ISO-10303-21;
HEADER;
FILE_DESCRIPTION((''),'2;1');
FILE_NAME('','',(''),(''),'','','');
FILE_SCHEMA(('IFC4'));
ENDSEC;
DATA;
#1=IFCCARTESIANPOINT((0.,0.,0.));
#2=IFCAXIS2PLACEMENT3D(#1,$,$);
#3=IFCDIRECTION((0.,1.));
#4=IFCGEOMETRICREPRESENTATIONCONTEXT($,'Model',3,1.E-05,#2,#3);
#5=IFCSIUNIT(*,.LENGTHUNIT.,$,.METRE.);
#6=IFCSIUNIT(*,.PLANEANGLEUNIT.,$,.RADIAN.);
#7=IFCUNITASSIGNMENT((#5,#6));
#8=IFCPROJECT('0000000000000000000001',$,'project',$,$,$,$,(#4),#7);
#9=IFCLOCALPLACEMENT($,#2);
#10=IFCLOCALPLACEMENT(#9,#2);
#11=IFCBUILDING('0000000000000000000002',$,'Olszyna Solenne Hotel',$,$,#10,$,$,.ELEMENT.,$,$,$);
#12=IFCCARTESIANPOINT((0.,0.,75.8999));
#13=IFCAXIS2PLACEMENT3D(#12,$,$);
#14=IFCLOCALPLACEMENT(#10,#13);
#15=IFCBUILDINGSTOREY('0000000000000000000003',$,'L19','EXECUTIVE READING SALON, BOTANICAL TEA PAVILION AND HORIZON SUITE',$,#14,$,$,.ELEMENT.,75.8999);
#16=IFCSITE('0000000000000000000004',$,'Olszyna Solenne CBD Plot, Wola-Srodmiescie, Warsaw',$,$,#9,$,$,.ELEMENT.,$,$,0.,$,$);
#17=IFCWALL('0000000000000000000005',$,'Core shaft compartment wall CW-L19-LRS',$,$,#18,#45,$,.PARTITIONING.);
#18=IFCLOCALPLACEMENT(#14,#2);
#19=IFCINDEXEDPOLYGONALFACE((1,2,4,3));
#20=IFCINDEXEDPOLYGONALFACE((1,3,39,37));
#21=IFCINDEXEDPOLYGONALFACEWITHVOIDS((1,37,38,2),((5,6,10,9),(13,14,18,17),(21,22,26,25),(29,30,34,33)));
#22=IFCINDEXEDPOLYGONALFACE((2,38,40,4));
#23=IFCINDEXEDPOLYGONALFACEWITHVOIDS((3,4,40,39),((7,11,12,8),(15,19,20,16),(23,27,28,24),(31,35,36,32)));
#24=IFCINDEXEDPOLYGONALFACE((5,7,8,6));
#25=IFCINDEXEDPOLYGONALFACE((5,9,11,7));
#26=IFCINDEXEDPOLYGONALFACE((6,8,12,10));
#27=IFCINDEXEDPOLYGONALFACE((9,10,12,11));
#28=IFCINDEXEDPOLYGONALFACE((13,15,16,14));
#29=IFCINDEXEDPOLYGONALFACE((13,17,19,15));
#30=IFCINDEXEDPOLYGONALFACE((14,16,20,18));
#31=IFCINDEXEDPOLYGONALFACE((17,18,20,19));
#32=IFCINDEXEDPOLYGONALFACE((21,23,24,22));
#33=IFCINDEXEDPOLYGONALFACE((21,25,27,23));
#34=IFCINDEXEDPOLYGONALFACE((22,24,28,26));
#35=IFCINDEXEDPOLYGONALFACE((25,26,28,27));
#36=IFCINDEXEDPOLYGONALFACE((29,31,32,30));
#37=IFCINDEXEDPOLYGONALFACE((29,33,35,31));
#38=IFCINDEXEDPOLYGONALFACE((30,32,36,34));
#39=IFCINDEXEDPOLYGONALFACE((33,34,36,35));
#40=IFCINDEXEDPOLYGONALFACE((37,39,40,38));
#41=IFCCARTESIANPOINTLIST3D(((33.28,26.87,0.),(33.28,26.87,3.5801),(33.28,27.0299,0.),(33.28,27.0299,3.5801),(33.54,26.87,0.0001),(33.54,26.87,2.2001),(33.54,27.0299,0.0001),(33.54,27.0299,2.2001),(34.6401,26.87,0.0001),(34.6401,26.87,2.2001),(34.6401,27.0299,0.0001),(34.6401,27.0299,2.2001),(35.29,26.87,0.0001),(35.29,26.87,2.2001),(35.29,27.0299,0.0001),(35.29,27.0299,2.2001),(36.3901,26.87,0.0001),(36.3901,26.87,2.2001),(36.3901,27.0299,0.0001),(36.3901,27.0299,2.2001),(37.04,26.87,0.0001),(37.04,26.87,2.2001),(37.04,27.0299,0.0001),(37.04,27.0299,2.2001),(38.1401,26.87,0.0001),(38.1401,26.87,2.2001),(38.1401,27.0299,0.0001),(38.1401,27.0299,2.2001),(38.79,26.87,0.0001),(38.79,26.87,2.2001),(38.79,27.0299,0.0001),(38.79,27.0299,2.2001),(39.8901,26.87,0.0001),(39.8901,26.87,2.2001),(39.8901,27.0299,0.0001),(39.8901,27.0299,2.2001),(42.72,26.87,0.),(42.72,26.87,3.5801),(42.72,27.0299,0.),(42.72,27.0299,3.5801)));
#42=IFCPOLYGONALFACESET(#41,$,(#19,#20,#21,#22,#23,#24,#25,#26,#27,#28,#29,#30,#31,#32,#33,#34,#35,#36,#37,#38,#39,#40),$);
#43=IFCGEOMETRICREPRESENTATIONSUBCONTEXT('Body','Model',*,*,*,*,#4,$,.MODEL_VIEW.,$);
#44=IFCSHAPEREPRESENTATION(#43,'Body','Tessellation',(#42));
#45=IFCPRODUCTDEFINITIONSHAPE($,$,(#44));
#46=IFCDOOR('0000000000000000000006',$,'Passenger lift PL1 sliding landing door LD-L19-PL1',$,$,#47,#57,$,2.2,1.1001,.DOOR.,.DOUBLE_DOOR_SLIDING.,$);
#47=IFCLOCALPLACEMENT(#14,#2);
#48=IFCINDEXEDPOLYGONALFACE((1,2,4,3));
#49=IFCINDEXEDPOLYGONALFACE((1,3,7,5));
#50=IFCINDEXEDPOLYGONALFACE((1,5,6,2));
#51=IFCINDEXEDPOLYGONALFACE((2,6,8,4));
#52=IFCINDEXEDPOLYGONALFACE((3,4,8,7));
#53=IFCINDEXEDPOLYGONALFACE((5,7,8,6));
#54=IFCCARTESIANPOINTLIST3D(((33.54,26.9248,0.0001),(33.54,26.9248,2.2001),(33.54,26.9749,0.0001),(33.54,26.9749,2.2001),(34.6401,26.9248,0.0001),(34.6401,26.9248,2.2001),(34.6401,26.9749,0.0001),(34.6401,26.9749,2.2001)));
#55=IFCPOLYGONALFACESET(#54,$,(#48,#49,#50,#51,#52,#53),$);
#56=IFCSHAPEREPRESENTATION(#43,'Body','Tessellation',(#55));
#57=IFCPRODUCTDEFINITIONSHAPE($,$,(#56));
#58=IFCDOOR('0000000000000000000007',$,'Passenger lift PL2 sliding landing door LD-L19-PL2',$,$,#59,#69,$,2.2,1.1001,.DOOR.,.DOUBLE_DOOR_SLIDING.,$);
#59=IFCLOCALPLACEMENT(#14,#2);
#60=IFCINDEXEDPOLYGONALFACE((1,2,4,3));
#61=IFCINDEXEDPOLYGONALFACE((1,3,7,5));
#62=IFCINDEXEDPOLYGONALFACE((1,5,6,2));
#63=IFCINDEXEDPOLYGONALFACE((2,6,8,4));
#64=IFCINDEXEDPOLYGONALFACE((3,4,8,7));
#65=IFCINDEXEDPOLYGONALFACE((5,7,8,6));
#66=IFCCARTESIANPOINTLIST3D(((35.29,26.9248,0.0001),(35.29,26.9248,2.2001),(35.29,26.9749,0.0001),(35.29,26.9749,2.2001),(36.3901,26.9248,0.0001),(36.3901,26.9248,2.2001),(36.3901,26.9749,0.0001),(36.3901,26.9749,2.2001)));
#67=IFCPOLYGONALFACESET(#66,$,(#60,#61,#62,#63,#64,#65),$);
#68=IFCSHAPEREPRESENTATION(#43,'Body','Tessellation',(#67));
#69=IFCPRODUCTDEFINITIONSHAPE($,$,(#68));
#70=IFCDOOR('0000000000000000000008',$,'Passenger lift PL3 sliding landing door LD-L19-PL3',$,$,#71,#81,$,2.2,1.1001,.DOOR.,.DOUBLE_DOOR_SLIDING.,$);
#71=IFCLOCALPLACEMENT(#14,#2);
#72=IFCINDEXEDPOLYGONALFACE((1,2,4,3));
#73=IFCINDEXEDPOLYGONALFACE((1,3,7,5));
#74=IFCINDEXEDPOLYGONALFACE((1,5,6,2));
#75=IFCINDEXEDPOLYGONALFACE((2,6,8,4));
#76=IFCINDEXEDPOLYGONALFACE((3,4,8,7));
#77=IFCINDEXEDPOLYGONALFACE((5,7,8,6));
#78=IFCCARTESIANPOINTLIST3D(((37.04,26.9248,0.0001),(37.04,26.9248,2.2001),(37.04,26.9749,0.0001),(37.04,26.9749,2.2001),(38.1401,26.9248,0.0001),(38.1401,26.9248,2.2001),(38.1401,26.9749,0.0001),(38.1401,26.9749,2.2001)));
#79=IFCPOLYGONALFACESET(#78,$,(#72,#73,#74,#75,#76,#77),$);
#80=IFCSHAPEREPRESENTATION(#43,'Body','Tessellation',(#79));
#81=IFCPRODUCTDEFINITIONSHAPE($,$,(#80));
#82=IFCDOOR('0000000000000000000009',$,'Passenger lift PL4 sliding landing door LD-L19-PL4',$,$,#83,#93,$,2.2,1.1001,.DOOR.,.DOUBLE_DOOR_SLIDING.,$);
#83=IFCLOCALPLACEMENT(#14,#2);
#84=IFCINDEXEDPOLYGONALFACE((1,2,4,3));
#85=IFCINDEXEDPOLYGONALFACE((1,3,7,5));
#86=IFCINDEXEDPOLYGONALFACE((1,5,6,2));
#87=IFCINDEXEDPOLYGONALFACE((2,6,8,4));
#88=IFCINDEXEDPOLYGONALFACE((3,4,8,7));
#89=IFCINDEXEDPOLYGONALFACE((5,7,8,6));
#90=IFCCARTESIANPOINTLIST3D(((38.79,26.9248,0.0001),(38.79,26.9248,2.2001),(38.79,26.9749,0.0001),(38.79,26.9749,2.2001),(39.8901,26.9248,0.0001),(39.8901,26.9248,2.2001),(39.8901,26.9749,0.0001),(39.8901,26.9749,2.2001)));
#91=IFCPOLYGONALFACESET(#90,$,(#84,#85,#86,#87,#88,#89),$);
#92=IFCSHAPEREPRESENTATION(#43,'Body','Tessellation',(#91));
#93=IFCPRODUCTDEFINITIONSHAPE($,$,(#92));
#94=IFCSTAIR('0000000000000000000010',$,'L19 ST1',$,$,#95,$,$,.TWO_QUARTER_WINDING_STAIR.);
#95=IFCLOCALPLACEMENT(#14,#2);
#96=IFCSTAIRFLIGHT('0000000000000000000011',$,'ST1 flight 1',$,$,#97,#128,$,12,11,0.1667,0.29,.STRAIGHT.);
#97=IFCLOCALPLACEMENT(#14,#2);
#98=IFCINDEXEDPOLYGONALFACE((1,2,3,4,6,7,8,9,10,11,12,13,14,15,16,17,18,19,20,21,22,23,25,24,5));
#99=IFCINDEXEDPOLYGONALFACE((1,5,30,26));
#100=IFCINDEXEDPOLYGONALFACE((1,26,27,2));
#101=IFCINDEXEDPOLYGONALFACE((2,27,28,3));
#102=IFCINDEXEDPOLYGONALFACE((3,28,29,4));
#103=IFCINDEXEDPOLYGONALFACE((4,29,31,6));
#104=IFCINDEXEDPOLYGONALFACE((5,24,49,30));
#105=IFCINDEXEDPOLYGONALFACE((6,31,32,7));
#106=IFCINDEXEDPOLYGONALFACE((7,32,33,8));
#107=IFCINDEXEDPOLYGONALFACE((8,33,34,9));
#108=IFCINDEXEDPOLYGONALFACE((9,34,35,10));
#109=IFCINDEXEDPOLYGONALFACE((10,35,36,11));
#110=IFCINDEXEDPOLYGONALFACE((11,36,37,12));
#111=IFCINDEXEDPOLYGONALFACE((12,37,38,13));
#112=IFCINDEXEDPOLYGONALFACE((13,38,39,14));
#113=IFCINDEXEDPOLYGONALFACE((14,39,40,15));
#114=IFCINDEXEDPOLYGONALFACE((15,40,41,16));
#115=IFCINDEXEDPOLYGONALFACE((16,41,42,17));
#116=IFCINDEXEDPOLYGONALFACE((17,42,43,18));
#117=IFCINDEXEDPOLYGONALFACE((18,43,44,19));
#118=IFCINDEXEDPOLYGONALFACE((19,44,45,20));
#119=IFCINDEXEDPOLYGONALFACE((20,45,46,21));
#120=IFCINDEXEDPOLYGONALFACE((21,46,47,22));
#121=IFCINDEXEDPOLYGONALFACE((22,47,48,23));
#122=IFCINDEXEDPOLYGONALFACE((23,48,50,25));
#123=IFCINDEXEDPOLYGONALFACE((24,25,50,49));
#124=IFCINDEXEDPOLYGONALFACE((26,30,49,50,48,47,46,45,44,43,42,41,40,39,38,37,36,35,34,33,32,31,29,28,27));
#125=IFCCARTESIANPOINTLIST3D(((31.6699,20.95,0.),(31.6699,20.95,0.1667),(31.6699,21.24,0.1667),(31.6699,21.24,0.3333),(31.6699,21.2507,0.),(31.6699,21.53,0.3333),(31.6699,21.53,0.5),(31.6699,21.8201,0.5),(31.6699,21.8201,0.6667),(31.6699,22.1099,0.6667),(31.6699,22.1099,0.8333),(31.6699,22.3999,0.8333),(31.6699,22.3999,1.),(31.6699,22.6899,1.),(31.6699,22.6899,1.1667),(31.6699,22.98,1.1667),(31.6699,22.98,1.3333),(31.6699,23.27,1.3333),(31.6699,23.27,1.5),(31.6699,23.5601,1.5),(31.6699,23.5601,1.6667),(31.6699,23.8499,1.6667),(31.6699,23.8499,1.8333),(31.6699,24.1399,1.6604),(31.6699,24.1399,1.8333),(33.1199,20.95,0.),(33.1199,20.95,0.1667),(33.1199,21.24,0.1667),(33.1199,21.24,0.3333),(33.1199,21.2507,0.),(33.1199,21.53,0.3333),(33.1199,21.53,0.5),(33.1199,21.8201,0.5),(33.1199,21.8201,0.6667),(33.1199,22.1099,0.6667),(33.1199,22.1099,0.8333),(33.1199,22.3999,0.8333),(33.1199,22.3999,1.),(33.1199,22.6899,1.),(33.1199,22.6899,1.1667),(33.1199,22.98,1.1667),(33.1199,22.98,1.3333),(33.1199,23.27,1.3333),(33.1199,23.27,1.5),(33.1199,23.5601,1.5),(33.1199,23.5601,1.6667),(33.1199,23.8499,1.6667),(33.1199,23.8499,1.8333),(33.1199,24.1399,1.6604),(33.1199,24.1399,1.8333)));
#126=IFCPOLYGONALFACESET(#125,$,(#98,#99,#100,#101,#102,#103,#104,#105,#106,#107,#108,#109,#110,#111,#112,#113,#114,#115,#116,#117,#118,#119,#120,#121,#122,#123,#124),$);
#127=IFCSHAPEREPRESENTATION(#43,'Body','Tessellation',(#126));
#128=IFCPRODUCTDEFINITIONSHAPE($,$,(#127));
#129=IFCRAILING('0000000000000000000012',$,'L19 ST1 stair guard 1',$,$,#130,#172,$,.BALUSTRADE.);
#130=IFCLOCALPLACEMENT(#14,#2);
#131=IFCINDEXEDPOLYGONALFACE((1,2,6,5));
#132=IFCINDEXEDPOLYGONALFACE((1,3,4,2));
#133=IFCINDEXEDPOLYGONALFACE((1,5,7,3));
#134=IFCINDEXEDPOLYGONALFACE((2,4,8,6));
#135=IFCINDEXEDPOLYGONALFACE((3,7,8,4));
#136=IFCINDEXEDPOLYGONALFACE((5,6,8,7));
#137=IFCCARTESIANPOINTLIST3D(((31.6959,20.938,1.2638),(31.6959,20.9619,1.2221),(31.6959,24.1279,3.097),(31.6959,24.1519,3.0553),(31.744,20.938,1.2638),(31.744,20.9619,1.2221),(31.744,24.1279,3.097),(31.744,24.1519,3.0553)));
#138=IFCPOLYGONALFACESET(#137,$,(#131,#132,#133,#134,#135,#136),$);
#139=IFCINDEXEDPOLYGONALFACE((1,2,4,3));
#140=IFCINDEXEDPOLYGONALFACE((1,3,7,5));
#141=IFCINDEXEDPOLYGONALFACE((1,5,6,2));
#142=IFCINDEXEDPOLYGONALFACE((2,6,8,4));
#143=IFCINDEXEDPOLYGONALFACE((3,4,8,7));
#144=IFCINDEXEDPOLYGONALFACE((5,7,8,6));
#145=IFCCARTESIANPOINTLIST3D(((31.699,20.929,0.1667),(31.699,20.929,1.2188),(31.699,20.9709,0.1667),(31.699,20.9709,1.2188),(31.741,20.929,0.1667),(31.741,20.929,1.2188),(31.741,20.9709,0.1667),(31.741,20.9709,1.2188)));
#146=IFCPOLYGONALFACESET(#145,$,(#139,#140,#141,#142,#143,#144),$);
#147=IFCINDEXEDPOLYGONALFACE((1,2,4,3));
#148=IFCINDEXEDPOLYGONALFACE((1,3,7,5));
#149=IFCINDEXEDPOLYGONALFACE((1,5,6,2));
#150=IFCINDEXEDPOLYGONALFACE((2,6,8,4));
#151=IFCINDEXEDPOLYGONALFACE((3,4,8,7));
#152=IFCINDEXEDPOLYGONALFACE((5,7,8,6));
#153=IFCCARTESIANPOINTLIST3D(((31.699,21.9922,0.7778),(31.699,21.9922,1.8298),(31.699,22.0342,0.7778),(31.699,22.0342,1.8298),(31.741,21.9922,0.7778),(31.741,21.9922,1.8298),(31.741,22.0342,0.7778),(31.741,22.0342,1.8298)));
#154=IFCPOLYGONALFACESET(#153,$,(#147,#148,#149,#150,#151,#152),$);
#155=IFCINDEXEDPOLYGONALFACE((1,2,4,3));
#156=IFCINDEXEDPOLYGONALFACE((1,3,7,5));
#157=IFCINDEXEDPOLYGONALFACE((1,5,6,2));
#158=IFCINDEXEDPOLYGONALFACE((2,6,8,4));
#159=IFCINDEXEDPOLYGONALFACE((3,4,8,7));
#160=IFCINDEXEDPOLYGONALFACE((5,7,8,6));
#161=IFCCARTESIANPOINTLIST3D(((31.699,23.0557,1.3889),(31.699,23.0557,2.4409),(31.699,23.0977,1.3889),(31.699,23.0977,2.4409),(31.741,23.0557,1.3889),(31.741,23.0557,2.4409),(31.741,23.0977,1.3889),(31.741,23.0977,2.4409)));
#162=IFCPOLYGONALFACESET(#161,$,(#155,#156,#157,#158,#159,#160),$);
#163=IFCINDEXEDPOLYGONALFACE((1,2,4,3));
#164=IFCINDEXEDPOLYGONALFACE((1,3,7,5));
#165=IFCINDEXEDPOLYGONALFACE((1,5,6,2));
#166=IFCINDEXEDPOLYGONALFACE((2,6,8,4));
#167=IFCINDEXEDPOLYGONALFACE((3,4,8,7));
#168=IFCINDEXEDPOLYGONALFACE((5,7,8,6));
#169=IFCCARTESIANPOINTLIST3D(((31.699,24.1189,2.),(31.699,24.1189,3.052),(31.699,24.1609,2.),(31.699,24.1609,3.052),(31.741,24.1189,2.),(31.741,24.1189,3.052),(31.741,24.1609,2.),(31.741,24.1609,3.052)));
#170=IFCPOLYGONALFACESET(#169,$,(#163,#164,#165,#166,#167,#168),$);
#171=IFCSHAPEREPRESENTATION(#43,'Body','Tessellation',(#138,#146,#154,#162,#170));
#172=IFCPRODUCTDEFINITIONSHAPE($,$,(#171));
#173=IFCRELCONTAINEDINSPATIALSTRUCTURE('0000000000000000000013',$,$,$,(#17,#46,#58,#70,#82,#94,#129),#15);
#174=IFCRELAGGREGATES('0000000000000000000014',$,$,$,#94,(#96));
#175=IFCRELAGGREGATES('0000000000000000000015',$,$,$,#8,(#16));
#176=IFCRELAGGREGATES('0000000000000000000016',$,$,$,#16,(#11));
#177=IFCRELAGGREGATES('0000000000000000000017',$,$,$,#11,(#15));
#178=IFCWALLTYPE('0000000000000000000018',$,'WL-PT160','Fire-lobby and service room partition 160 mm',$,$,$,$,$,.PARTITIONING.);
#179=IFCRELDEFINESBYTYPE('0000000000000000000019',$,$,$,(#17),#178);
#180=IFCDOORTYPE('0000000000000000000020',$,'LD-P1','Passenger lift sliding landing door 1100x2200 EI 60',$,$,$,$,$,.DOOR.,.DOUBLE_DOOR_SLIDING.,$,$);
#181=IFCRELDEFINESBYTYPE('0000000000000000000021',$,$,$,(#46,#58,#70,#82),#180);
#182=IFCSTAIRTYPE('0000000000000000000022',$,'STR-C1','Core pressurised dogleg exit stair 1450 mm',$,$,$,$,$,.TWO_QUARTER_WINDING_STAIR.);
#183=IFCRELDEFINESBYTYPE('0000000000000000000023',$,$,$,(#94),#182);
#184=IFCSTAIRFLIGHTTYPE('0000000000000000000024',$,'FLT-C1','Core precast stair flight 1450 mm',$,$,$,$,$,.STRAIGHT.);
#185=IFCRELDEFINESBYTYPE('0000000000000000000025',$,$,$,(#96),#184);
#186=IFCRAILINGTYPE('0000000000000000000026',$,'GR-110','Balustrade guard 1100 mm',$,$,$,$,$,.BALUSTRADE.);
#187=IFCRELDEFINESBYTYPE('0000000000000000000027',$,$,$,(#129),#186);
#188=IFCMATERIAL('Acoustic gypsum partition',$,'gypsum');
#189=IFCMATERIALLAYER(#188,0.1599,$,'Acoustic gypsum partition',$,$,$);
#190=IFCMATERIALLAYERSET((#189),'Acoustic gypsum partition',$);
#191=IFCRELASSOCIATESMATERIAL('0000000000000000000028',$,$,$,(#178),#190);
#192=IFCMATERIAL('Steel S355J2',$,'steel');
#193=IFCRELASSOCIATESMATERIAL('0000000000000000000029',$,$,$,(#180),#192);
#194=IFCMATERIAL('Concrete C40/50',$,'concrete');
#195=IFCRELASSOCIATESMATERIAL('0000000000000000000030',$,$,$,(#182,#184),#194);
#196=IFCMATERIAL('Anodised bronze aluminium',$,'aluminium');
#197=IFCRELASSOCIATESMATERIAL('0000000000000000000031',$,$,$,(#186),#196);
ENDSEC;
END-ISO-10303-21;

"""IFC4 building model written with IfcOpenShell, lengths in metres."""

from ifc_helpers import new_model, si_unit, direction, frame, frame_2d, origin, origin_2d, place, context, subcontext, project, spatial, polyline, rectangle, outline, extrude, source, transform, mapped, material, layer, layer_set, type_object, type_shapes, element, fill, aggregate, save


model = new_model("IFC4")

# Units and contexts
model_context = context("Model", 3, precision=1e-05, world=origin(), true_north=direction((0.0, 1.0)))
body_context = subcontext(model_context, "Body", "Model", "MODEL_VIEW")
ifc_project = project(units=[si_unit("LENGTHUNIT", "METRE"), si_unit("PLANEANGLEUNIT", "RADIAN")], contexts=[model_context])

# Site, building, storey
site_placement = place(None, origin())
site = spatial("IfcSite", under=ifc_project, at=site_placement, Name="Olszyna Solenne CBD Plot, Wola-Srodmiescie, Warsaw", CompositionType="ELEMENT", RefElevation=0.0)
building_placement = place(site_placement, origin())
building = spatial("IfcBuilding", under=site, at=building_placement, Name="Olszyna Solenne Hotel", CompositionType="ELEMENT")
storey_placement = place(building_placement, frame((0.0, 0.0, 75.8999)))
storey = spatial("IfcBuildingStorey", under=building, at=storey_placement, Name="L19", Description="EXECUTIVE READING SALON, BOTANICAL TEA PAVILION AND HORIZON SUITE", CompositionType="ELEMENT", Elevation=75.8999)

# Shared definitions
ifc_material_1 = material(Name="Steel S355J2", Category="steel")

# Shared definitions
ifc_material_2 = material(Name="Acoustic gypsum partition", Category="gypsum")
ifc_layer = layer(ifc_material_2, 0.1599, Name="Acoustic gypsum partition")
ifc_layer_set = layer_set([ifc_layer], Name="Acoustic gypsum partition")
wall_type = type_object("IfcWallType", Name="WL-PT160", Description="Fire-lobby and service room partition 160 mm", PredefinedType="PARTITIONING", material=ifc_layer_set)

# Wall, openings, doors
wall_1_placement = place(storey_placement, frame((33.28, 26.95, 0.0), z_axis=(0.0, 0.0, 1.0), x_axis=(1.0, 0.0, 0.0)))
wall_1 = element("IfcWall", 1, at=wall_1_placement, inside=storey, type_object=wall_type, Name="Core shaft compartment wall CW-L19-LRS", PredefinedType="PARTITIONING", context=body_context, shape_type="SweptSolid", body=[
    extrude(rectangle(XDim=9.4399, YDim=0.1599, at=frame_2d((4.72, 0.0))), origin(), (0.0, 0.0, 1.0), 3.5801),
])
opening_1_placement = place(wall_1_placement, frame((0.26, 0.0, 0.0)))
opening_1 = element("IfcOpeningElement", 2, at=opening_1_placement, cuts=wall_1, PredefinedType="OPENING", context=body_context, shape_type="SweptSolid", body=[
    extrude(rectangle(XDim=1.1001, YDim=2.2, at=frame_2d((0.55, 1.1001))), frame((0.0, 0.0898, 0.0), z_axis=(0.0, -1.0, 0.0), x_axis=(1.0, 0.0, 0.0)), (0.0, 0.0, 1.0), 0.1799),
])
opening_2_placement = place(wall_1_placement, frame((2.01, 0.0, 0.0)))
opening_2 = element("IfcOpeningElement", 3, at=opening_2_placement, cuts=wall_1, PredefinedType="OPENING", context=body_context, shape_type="SweptSolid", body=[
    extrude(rectangle(XDim=1.1001, YDim=2.2, at=frame_2d((0.55, 1.1001))), frame((0.0, 0.0898, 0.0), z_axis=(0.0, -1.0, 0.0), x_axis=(1.0, 0.0, 0.0)), (0.0, 0.0, 1.0), 0.1799),
])
opening_3_placement = place(wall_1_placement, frame((3.76, 0.0, 0.0)))
opening_3 = element("IfcOpeningElement", 4, at=opening_3_placement, cuts=wall_1, PredefinedType="OPENING", context=body_context, shape_type="SweptSolid", body=[
    extrude(rectangle(XDim=1.1001, YDim=2.2, at=frame_2d((0.55, 1.1001))), frame((0.0, 0.0898, 0.0), z_axis=(0.0, -1.0, 0.0), x_axis=(1.0, 0.0, 0.0)), (0.0, 0.0, 1.0), 0.1799),
])
opening_4_placement = place(wall_1_placement, frame((5.51, 0.0, 0.0)))
opening_4 = element("IfcOpeningElement", 5, at=opening_4_placement, cuts=wall_1, PredefinedType="OPENING", context=body_context, shape_type="SweptSolid", body=[
    extrude(rectangle(XDim=1.1001, YDim=2.2, at=frame_2d((0.55, 1.1001))), frame((0.0, 0.0898, 0.0), z_axis=(0.0, -1.0, 0.0), x_axis=(1.0, 0.0, 0.0)), (0.0, 0.0, 1.0), 0.1799),
])
door_type_1 = type_object("IfcDoorType", Name="LD-P1", Description="Passenger lift sliding landing door 1100x2200 EI 60", OperationType="DOUBLE_DOOR_SLIDING", PredefinedType="DOOR", material=ifc_material_1)
shared_shape_1 = source(origin(), body_context, "Body", "SweptSolid", [
    extrude(rectangle(XDim=1.1001, YDim=2.2, at=frame_2d((0.55, 1.1001))), frame((0.0, 0.0249, 0.0), z_axis=(0.0, -1.0, 0.0), x_axis=(1.0, 0.0, 0.0)), (0.0, 0.0, 1.0), 0.05),
])
type_shapes(door_type_1, [shared_shape_1])
door_1_placement = place(opening_1_placement, origin())
door_1 = element("IfcDoor", 6, at=door_1_placement, inside=storey, type_object=door_type_1, Name="Passenger lift PL1 sliding landing door LD-L19-PL1", OperationType="DOUBLE_DOOR_SLIDING", OverallHeight=2.2, OverallWidth=1.1001, PredefinedType="DOOR", context=body_context, shape_type="MappedRepresentation", body=[
    mapped(shared_shape_1, transform((0.0, 0.0, 0.0), x_axis=(1.0, 0.0, 0.0), y_axis=(0.0, 1.0, 0.0), z_axis=(0.0, 0.0, 1.0), scale=1.0)),
])
fill(opening_1, door_1)
door_2_placement = place(opening_2_placement, origin())
door_2 = element("IfcDoor", 7, at=door_2_placement, inside=storey, type_object=door_type_1, Name="Passenger lift PL2 sliding landing door LD-L19-PL2", OperationType="DOUBLE_DOOR_SLIDING", OverallHeight=2.2, OverallWidth=1.1001, PredefinedType="DOOR", context=body_context, shape_type="MappedRepresentation", body=[
    mapped(shared_shape_1, transform((0.0, 0.0, 0.0), x_axis=(1.0, 0.0, 0.0), y_axis=(0.0, 1.0, 0.0), z_axis=(0.0, 0.0, 1.0), scale=1.0)),
])
fill(opening_2, door_2)
door_3_placement = place(opening_3_placement, origin())
door_3 = element("IfcDoor", 8, at=door_3_placement, inside=storey, type_object=door_type_1, Name="Passenger lift PL3 sliding landing door LD-L19-PL3", OperationType="DOUBLE_DOOR_SLIDING", OverallHeight=2.2, OverallWidth=1.1001, PredefinedType="DOOR", context=body_context, shape_type="MappedRepresentation", body=[
    mapped(shared_shape_1, transform((0.0, 0.0, 0.0), x_axis=(1.0, 0.0, 0.0), y_axis=(0.0, 1.0, 0.0), z_axis=(0.0, 0.0, 1.0), scale=1.0)),
])
fill(opening_3, door_3)
door_4_placement = place(opening_4_placement, origin())
door_4 = element("IfcDoor", 9, at=door_4_placement, inside=storey, type_object=door_type_1, Name="Passenger lift PL4 sliding landing door LD-L19-PL4", OperationType="DOUBLE_DOOR_SLIDING", OverallHeight=2.2, OverallWidth=1.1001, PredefinedType="DOOR", context=body_context, shape_type="MappedRepresentation", body=[
    mapped(shared_shape_1, transform((0.0, 0.0, 0.0), x_axis=(1.0, 0.0, 0.0), y_axis=(0.0, 1.0, 0.0), z_axis=(0.0, 0.0, 1.0), scale=1.0)),
])
fill(opening_4, door_4)

# Stair, stair flight
ifc_material_3 = material(Name="Concrete C40/50", Category="concrete")
stair_type = type_object("IfcStairType", Name="STR-C1", Description="Core pressurised dogleg exit stair 1450 mm", PredefinedType="TWO_QUARTER_WINDING_STAIR", material=ifc_material_3)
stair_placement = place(storey_placement, origin())
stair = element("IfcStair", 10, at=stair_placement, inside=storey, type_object=stair_type, Name="L19 ST1", PredefinedType="TWO_QUARTER_WINDING_STAIR")
stair_flight_type = type_object("IfcStairFlightType", Name="FLT-C1", Description="Core precast stair flight 1450 mm", PredefinedType="STRAIGHT", material=ifc_material_3)
stair_flight_placement = place(storey_placement, frame((32.395, 20.95, 0.0), z_axis=(0.0, 0.0, 1.0), x_axis=(0.0, 1.0, 0.0)))
stair_flight = element("IfcStairFlight", 11, at=stair_flight_placement, type_object=stair_flight_type, Name="ST1 flight 1", NumberOfRisers=12, NumberOfTreads=11, PredefinedType="STRAIGHT", RiserHeight=0.1667, TreadLength=0.29, context=body_context, shape_type="SweptSolid", body=[
    extrude(outline(polyline([(0.0, 0.0), (0.0, 0.1667), (0.29, 0.1667), (0.29, 0.3333), (0.5801, 0.3333), (0.5801, 0.5), (0.8701, 0.5), (0.8701, 0.6667), (1.1599, 0.6667), (1.1599, 0.8333), (1.45, 0.8333), (1.45, 1.0), (1.74, 1.0), (1.74, 1.1667), (2.03, 1.1667), (2.03, 1.3333), (2.3201, 1.3333), (2.3201, 1.5), (2.6101, 1.5), (2.6101, 1.6667), (2.8999, 1.6667), (2.8999, 1.8333), (3.1899, 1.8333), (3.1899, 2.0), (3.1899, 1.6604), (0.3008, 0.0), (0.0, 0.0)])), frame((0.0, 0.7251, 0.0), z_axis=(0.0, -1.0, 0.0), x_axis=(1.0, 0.0, 0.0)), (0.0, 0.0, 1.0), 1.45),
])
aggregate(stair, [stair_flight])

# Railing
ifc_material_4 = material(Name="Anodised bronze aluminium", Category="aluminium")
railing_type_1 = type_object("IfcRailingType", Name="GR-110", Description="Balustrade guard 1100 mm", PredefinedType="BALUSTRADE", material=ifc_material_4)
railing_1_placement = place(storey_placement, frame((31.72, 20.95, 0.1667)))
element("IfcRailing", 12, at=railing_1_placement, inside=storey, type_object=railing_type_1, Name="L19 ST1 stair guard 1", PredefinedType="BALUSTRADE", context=body_context, shape_type="SweptSolid", body=[
    extrude(rectangle(XDim=0.0481, YDim=0.0481, at=origin_2d()), frame((0.0, 0.0, 1.0762), z_axis=(0.0, 0.86702, 0.498274), x_axis=(-1.0, 0.0, 0.0)), (0.0, 0.0, 1.0), 3.6792),
    extrude(rectangle(XDim=0.042, YDim=0.042, at=origin_2d()), origin(), (0.0, 0.0, 1.0), 1.052),
    extrude(rectangle(XDim=0.042, YDim=0.042, at=origin_2d()), frame((0.0, 1.0632, 0.6111)), (0.0, 0.0, 1.0), 1.052),
    extrude(rectangle(XDim=0.042, YDim=0.042, at=origin_2d()), frame((0.0, 2.1267, 1.2222)), (0.0, 0.0, 1.0), 1.052),
    extrude(rectangle(XDim=0.042, YDim=0.042, at=origin_2d()), frame((0.0, 3.1899, 1.8333)), (0.0, 0.0, 1.0), 1.052),
])

save(model, "model.ifc")
